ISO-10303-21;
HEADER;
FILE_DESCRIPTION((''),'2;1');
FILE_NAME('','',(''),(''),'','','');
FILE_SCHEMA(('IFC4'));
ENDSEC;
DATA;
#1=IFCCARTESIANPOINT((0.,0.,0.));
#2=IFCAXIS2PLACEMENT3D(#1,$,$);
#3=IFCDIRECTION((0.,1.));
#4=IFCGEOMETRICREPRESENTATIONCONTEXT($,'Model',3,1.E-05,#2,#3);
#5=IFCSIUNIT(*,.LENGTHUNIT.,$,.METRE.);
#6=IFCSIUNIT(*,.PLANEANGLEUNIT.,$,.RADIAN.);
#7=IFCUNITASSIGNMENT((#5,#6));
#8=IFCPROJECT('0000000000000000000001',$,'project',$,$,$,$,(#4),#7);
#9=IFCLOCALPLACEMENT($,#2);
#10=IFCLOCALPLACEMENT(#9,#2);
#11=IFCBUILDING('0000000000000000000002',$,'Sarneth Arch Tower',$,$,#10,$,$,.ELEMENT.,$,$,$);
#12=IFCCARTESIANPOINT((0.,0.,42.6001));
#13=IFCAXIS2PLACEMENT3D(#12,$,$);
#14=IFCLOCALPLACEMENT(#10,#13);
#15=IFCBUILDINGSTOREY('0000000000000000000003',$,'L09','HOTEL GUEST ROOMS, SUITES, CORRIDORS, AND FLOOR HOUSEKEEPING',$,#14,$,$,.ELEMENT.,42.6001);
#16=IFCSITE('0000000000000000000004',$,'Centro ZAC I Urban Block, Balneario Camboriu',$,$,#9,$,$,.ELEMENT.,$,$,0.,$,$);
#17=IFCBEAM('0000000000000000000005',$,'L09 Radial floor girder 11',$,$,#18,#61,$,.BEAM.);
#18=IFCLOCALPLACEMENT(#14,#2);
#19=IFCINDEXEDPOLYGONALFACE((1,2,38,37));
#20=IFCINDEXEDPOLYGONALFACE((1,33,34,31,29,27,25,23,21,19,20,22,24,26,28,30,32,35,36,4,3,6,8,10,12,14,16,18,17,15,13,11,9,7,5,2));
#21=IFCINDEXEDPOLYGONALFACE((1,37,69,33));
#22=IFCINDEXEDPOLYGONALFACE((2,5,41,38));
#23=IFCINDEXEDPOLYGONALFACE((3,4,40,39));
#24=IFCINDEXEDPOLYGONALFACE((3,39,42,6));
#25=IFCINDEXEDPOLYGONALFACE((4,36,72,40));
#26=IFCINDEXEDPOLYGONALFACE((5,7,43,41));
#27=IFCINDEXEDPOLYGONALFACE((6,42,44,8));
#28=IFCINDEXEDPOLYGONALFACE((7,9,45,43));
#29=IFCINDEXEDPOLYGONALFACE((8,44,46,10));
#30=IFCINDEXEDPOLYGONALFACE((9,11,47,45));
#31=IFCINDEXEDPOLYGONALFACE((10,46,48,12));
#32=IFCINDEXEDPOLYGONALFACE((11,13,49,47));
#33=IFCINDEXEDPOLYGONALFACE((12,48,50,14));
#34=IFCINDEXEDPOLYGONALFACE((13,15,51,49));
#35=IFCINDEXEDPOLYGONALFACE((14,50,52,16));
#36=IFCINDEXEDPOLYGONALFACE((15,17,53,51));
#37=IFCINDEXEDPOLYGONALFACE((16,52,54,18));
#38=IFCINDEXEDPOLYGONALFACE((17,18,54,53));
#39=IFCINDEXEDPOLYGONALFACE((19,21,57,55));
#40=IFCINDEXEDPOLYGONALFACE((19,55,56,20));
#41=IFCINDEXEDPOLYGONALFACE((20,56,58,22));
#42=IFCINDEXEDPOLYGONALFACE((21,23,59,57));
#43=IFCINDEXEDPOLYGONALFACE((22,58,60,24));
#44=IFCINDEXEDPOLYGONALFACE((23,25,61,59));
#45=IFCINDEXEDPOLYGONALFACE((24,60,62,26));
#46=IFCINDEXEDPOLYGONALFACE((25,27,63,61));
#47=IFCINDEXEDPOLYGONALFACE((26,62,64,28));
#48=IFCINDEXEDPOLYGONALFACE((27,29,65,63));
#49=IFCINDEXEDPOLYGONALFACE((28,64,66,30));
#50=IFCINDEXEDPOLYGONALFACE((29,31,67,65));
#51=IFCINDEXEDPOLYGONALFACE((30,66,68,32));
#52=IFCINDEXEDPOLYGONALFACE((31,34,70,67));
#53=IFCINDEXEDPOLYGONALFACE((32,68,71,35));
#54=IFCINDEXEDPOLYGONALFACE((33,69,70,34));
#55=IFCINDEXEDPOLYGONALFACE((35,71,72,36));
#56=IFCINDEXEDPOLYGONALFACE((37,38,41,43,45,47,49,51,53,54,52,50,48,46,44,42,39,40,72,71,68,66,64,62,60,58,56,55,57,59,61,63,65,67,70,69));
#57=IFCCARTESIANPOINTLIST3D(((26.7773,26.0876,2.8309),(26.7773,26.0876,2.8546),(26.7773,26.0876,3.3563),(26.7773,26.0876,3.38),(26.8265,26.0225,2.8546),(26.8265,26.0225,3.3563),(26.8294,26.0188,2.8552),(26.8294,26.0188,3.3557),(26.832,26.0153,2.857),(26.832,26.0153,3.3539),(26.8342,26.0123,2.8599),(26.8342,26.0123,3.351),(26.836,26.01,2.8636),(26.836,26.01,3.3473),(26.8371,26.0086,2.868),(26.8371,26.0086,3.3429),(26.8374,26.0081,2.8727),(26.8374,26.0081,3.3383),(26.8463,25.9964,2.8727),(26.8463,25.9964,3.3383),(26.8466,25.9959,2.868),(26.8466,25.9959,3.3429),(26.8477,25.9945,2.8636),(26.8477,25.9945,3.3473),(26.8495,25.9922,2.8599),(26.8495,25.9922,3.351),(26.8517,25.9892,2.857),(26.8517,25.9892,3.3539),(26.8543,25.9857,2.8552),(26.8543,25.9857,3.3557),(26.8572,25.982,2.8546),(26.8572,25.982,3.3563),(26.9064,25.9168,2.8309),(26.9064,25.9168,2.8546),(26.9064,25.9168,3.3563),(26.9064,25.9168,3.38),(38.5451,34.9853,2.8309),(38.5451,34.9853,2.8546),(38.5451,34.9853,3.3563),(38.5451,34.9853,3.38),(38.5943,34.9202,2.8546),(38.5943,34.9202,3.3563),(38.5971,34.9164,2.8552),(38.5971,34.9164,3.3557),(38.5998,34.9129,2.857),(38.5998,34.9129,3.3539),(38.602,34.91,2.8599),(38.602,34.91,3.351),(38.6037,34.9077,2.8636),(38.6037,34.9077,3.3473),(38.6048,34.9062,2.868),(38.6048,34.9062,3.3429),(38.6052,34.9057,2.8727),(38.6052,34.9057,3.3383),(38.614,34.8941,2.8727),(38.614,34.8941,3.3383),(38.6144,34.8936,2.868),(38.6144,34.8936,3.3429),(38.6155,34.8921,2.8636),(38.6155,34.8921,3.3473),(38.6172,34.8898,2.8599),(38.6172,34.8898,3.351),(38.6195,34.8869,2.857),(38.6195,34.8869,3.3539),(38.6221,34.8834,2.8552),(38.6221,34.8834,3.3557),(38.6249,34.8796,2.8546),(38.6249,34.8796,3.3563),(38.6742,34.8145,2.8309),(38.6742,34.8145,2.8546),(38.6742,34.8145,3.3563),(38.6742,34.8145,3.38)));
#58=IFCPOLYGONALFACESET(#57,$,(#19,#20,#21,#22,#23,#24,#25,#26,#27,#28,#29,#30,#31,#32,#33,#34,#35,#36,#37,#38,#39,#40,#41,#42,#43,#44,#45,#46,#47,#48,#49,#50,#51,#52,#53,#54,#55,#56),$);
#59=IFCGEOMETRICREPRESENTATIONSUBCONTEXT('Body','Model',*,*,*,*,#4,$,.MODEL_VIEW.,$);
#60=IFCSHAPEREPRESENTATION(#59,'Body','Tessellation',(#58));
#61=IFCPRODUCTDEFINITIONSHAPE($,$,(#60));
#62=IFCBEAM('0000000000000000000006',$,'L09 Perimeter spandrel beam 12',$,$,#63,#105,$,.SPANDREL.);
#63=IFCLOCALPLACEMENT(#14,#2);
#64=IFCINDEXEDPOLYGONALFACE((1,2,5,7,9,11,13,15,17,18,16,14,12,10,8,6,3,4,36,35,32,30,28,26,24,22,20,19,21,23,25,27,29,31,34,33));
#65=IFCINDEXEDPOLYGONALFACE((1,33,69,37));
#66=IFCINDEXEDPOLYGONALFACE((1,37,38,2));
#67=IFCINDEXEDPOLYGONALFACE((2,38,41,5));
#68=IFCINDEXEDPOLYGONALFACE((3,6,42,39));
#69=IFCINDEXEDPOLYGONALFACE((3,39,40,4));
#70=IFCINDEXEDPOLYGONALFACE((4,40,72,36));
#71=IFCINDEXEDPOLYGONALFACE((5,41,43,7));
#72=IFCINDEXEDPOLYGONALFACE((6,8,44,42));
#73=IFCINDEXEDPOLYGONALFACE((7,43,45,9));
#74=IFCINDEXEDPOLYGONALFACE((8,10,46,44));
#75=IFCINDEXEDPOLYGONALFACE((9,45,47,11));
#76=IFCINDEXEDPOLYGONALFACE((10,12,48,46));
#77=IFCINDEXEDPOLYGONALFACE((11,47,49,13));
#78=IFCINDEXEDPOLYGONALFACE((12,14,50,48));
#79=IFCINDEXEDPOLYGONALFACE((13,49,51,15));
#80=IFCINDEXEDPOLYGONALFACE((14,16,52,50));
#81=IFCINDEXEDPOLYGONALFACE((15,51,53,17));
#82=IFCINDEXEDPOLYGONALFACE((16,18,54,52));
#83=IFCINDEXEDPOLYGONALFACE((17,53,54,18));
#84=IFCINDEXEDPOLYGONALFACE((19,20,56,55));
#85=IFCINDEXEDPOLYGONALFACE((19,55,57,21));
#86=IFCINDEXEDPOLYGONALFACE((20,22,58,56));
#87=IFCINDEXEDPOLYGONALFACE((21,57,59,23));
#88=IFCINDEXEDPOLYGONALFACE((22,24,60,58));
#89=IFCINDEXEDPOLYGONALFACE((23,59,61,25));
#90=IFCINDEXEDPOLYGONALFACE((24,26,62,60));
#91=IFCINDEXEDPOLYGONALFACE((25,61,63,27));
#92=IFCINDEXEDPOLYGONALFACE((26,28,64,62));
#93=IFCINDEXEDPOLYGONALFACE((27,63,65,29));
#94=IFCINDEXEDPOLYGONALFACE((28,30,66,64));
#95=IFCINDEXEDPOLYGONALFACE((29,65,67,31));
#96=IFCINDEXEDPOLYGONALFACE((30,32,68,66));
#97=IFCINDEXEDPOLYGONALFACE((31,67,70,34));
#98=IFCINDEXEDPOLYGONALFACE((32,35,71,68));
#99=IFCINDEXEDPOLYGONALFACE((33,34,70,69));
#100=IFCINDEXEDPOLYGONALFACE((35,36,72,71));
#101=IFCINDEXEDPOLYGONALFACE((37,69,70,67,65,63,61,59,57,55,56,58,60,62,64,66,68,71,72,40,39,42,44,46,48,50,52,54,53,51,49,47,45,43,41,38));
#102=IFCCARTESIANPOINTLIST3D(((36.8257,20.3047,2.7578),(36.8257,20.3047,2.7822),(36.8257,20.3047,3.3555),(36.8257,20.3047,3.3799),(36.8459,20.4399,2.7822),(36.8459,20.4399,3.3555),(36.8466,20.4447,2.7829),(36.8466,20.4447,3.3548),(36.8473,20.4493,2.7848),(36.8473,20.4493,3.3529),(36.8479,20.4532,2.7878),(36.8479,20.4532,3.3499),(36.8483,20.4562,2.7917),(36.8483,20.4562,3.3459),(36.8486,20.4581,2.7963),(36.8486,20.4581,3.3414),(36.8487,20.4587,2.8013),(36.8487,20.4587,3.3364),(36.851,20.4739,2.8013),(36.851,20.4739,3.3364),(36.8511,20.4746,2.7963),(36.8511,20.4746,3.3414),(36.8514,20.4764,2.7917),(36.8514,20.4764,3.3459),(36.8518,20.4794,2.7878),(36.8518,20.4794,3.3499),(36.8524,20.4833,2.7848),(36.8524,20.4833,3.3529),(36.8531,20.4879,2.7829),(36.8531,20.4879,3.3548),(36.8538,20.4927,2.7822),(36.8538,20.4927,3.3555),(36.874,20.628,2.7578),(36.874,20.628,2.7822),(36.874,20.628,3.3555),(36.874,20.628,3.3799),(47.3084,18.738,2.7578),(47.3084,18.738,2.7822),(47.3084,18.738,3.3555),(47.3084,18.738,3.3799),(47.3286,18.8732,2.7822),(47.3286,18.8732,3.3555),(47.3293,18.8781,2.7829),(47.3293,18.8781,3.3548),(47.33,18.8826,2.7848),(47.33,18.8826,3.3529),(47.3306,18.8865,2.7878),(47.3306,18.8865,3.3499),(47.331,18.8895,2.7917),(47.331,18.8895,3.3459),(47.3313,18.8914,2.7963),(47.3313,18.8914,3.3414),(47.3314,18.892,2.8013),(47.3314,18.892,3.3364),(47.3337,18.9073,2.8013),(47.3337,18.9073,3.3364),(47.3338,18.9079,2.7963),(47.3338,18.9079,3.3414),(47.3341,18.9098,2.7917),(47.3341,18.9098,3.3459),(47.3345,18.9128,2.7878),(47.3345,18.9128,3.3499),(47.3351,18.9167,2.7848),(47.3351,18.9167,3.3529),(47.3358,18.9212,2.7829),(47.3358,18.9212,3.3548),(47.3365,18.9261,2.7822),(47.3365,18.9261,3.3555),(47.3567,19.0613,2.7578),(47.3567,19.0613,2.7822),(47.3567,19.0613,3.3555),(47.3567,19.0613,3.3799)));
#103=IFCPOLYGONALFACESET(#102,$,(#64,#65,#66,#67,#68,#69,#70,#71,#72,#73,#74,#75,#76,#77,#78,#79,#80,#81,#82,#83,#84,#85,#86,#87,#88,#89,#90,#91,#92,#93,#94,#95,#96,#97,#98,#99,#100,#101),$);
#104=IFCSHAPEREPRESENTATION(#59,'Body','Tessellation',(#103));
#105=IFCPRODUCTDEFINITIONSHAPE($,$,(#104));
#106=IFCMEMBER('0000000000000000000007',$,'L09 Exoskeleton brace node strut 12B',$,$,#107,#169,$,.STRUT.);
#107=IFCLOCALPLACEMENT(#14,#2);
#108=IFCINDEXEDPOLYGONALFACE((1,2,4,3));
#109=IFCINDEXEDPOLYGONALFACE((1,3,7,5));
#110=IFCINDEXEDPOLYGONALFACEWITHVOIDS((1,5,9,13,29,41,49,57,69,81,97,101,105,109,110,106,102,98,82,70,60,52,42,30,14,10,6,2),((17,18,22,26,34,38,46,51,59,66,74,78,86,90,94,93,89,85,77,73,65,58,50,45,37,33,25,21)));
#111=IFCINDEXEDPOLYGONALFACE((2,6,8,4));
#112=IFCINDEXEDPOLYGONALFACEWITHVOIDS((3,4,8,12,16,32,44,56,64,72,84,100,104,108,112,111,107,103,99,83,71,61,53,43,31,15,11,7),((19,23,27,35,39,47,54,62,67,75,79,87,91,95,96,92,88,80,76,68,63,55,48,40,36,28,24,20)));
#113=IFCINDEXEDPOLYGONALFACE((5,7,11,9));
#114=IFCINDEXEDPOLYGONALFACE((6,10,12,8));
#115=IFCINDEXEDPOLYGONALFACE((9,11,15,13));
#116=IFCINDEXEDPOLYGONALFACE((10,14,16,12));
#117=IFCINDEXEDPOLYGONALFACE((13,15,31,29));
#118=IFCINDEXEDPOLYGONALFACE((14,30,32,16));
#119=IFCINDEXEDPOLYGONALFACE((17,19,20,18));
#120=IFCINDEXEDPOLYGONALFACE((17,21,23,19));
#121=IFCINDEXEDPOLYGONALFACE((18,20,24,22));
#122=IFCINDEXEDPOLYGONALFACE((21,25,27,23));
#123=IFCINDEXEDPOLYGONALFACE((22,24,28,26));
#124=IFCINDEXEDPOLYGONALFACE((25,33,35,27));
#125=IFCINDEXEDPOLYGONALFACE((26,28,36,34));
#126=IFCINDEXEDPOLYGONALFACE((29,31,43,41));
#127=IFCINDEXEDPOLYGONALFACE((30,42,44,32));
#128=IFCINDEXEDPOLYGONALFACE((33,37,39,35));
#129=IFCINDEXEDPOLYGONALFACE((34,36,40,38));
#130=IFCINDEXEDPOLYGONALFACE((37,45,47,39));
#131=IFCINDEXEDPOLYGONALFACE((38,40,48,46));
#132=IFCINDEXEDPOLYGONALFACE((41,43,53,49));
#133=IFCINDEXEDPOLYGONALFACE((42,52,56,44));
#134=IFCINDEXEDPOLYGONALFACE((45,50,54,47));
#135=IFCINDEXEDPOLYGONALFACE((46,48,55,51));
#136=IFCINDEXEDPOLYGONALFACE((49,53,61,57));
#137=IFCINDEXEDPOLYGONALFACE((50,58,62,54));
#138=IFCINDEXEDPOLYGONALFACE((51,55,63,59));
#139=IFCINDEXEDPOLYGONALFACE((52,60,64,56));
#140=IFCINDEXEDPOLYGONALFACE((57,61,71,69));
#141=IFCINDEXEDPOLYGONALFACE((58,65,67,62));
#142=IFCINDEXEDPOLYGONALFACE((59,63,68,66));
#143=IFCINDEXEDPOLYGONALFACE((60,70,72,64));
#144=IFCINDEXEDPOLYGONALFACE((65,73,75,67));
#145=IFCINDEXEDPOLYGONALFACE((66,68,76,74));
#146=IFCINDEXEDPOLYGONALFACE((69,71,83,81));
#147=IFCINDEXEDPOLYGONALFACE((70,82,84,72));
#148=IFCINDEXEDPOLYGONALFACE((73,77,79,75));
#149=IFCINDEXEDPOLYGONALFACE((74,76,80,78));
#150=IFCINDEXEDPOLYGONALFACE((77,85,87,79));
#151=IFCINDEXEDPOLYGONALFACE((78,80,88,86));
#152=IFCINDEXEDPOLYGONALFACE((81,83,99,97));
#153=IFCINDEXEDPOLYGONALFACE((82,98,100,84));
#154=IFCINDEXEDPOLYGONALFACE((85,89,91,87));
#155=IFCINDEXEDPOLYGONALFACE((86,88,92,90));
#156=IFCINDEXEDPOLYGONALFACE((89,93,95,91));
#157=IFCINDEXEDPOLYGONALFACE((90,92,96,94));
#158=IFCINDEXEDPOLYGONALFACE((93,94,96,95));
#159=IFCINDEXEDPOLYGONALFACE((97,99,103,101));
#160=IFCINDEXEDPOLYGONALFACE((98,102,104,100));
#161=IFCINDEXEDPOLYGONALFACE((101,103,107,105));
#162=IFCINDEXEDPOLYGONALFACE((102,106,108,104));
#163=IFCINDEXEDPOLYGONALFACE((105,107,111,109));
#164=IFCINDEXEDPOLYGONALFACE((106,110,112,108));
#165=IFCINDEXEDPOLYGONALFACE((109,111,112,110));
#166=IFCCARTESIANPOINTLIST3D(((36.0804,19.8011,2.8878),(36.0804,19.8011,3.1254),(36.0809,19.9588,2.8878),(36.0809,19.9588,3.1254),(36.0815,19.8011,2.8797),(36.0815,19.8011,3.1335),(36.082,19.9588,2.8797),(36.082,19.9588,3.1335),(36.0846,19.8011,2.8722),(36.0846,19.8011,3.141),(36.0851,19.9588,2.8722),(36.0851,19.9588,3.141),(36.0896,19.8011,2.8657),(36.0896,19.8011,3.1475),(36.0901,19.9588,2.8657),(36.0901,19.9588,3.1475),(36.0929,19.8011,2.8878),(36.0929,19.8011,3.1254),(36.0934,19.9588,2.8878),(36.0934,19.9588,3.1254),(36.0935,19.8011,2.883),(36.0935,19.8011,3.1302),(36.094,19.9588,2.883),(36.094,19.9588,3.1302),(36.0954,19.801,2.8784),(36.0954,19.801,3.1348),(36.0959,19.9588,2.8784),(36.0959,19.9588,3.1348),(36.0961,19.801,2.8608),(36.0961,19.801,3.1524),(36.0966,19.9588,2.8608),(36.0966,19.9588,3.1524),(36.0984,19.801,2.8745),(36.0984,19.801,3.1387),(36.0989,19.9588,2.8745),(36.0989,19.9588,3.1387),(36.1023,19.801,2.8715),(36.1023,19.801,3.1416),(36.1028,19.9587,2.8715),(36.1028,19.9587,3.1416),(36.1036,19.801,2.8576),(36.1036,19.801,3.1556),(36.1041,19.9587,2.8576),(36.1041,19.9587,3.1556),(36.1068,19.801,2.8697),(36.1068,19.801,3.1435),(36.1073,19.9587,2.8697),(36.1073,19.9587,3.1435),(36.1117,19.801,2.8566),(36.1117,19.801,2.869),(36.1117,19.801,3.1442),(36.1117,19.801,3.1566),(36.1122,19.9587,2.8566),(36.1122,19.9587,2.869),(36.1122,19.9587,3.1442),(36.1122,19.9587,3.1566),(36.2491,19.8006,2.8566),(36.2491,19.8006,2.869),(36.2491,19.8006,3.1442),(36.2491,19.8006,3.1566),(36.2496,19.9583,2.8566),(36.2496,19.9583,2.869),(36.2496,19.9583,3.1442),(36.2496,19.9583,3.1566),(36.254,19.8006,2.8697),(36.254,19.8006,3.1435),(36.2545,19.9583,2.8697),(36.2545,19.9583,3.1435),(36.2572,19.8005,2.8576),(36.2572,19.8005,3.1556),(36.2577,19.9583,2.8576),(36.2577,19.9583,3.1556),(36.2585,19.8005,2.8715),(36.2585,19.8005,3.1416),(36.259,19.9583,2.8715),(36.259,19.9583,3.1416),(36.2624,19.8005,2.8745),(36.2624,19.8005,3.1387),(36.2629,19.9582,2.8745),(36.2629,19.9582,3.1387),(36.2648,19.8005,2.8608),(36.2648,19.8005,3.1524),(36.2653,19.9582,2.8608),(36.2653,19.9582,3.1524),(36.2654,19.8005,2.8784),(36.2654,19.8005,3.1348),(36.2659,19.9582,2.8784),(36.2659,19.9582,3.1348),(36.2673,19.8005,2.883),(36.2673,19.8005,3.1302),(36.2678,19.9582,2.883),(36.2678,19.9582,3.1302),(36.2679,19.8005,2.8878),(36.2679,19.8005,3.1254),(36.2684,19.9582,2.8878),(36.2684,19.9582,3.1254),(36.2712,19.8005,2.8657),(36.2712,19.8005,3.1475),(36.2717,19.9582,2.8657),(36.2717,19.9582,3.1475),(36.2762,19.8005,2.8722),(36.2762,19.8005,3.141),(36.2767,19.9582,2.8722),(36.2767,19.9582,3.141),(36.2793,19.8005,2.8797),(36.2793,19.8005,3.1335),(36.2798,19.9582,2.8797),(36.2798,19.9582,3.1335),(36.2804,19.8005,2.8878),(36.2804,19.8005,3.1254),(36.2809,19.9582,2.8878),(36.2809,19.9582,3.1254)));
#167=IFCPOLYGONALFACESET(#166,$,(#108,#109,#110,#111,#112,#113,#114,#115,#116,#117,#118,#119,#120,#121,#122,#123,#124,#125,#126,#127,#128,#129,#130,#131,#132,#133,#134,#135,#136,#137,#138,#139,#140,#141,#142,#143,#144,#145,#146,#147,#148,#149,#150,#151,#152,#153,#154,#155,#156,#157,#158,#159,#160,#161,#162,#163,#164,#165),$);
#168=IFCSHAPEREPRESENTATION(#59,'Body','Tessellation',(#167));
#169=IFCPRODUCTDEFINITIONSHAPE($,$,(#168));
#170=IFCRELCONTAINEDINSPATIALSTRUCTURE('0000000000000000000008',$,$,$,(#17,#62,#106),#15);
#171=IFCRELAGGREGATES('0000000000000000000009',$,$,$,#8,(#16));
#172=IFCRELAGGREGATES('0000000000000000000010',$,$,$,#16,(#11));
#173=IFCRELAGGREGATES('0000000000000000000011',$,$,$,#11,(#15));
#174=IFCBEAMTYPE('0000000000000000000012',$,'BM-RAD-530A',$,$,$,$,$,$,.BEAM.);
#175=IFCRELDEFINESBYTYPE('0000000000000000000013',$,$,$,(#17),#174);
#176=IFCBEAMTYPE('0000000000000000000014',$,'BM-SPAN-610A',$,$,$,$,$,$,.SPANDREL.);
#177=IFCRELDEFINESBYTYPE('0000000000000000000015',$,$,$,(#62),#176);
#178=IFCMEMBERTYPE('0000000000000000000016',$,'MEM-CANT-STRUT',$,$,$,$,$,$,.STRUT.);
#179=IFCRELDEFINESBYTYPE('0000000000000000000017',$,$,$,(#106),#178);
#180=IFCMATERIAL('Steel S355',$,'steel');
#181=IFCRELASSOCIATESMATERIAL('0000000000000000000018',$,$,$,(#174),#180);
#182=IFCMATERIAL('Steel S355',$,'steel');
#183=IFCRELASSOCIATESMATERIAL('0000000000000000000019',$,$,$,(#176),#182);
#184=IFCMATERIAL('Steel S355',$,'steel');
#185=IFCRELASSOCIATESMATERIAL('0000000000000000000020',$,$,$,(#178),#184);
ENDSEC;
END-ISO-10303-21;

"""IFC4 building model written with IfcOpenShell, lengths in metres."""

from ifc_helpers import new_model, si_unit, direction, frame, origin, origin_2d, place, context, subcontext, project, spatial, hollow_rectangle, i_section, extrude, material, material_profile, profile_set, type_object, element, save


model = new_model("IFC4")

# Units and contexts
model_context = context("Model", 3, precision=1e-05, world=origin(), true_north=direction((0.0, 1.0)))
body_context = subcontext(model_context, "Body", "Model", "MODEL_VIEW")
ifc_project = project(units=[si_unit("LENGTHUNIT", "METRE"), si_unit("PLANEANGLEUNIT", "RADIAN")], contexts=[model_context])

# Site, building, storey
site_placement = place(None, origin())
site = spatial("IfcSite", under=ifc_project, at=site_placement, Name="Centro ZAC I Urban Block, Balneario Camboriu", CompositionType="ELEMENT", RefElevation=0.0)
building_placement = place(site_placement, origin())
building = spatial("IfcBuilding", under=site, at=building_placement, Name="Sarneth Arch Tower", CompositionType="ELEMENT")
storey_placement = place(building_placement, frame((0.0, 0.0, 42.6001)))
storey = spatial("IfcBuildingStorey", under=building, at=storey_placement, Name="L09", Description="HOTEL GUEST ROOMS, SUITES, CORRIDORS, AND FLOOR HOUSEKEEPING", CompositionType="ELEMENT", Elevation=42.6001)

# Beams
ifc_material_1 = material(Name="Steel S355", Category="steel")
ifc_material_profile_1 = material_profile(ifc_material_1, i_section(OverallWidth=0.2141, OverallDepth=0.5491, WebThickness=0.0146, FlangeThickness=0.0237, FilletRadius=0.0181, at=origin_2d()), Name="W530x138")
ifc_profile_set_1 = profile_set([ifc_material_profile_1], Name="Steel S355")
beam_type_1 = type_object("IfcBeamType", Name="BM-RAD-530A", PredefinedType="BEAM", material=ifc_profile_set_1)
beam_1_placement = place(storey_placement, frame((38.6096, 34.8999, 3.1055), z_axis=(-0.797657, -0.603112, 0.0), x_axis=(0.603112, -0.797657, 0.0)))
element("IfcBeam", 1, at=beam_1_placement, inside=storey, type_object=beam_type_1, Name="L09 Radial floor girder 11", PredefinedType="BEAM", context=body_context, shape_type="SweptSolid", body=[
    extrude(i_section(OverallWidth=0.2141, OverallDepth=0.5491, WebThickness=0.0146, FlangeThickness=0.0237, FilletRadius=0.0181, at=origin_2d()), origin(), (0.0, 0.0, 1.0), 14.7529),
])
ifc_material_2 = material(Name="Steel S355", Category="steel")
ifc_material_profile_2 = material_profile(ifc_material_2, i_section(OverallWidth=0.3269, OverallDepth=0.6221, WebThickness=0.0154, FlangeThickness=0.0244, FilletRadius=0.019, at=origin_2d()), Name="W610x195")
ifc_profile_set_2 = profile_set([ifc_material_profile_2], Name="Steel S355")
beam_type_2 = type_object("IfcBeamType", Name="BM-SPAN-610A", PredefinedType="SPANDREL", material=ifc_profile_set_2)
beam_2_placement = place(storey_placement, frame((36.8499, 20.4663, 3.0688), z_axis=(0.989016, -0.14781, 0.0), x_axis=(0.14781, 0.989016, 0.0)))
element("IfcBeam", 2, at=beam_2_placement, inside=storey, type_object=beam_type_2, Name="L09 Perimeter spandrel beam 12", PredefinedType="SPANDREL", context=body_context, shape_type="SweptSolid", body=[
    extrude(i_section(OverallWidth=0.3269, OverallDepth=0.6221, WebThickness=0.0154, FlangeThickness=0.0244, FilletRadius=0.019, at=origin_2d()), origin(), (0.0, 0.0, 1.0), 10.5991),
])

# Member
ifc_material_3 = material(Name="Steel S355", Category="steel")
ifc_material_profile_3 = material_profile(ifc_material_3, hollow_rectangle(XDim=0.2, YDim=0.3, WallThickness=0.0125, InnerFilletRadius=0.0188, OuterFilletRadius=0.0312, at=origin_2d()), Name="RHS300x200x12.5")
ifc_profile_set_3 = profile_set([ifc_material_profile_3], Name="Steel S355")
member_type_1 = type_object("IfcMemberType", Name="MEM-CANT-STRUT", PredefinedType="STRUT", material=ifc_profile_set_3)
member_1_placement = place(storey_placement, frame((36.1809, 19.9585, 3.0066), z_axis=(-0.003096, -0.999995, 0.0), x_axis=(0.999995, -0.003096, 0.0)))
element("IfcMember", 3, at=member_1_placement, inside=storey, type_object=member_type_1, Name="L09 Exoskeleton brace node strut 12B", PredefinedType="STRUT", context=body_context, shape_type="SweptSolid", body=[
    extrude(hollow_rectangle(XDim=0.2, YDim=0.3, WallThickness=0.0125, InnerFilletRadius=0.0188, OuterFilletRadius=0.0312, at=origin_2d()), origin(), (0.0, 0.0, 1.0), 0.1577),
])

save(model, "model.ifc")
